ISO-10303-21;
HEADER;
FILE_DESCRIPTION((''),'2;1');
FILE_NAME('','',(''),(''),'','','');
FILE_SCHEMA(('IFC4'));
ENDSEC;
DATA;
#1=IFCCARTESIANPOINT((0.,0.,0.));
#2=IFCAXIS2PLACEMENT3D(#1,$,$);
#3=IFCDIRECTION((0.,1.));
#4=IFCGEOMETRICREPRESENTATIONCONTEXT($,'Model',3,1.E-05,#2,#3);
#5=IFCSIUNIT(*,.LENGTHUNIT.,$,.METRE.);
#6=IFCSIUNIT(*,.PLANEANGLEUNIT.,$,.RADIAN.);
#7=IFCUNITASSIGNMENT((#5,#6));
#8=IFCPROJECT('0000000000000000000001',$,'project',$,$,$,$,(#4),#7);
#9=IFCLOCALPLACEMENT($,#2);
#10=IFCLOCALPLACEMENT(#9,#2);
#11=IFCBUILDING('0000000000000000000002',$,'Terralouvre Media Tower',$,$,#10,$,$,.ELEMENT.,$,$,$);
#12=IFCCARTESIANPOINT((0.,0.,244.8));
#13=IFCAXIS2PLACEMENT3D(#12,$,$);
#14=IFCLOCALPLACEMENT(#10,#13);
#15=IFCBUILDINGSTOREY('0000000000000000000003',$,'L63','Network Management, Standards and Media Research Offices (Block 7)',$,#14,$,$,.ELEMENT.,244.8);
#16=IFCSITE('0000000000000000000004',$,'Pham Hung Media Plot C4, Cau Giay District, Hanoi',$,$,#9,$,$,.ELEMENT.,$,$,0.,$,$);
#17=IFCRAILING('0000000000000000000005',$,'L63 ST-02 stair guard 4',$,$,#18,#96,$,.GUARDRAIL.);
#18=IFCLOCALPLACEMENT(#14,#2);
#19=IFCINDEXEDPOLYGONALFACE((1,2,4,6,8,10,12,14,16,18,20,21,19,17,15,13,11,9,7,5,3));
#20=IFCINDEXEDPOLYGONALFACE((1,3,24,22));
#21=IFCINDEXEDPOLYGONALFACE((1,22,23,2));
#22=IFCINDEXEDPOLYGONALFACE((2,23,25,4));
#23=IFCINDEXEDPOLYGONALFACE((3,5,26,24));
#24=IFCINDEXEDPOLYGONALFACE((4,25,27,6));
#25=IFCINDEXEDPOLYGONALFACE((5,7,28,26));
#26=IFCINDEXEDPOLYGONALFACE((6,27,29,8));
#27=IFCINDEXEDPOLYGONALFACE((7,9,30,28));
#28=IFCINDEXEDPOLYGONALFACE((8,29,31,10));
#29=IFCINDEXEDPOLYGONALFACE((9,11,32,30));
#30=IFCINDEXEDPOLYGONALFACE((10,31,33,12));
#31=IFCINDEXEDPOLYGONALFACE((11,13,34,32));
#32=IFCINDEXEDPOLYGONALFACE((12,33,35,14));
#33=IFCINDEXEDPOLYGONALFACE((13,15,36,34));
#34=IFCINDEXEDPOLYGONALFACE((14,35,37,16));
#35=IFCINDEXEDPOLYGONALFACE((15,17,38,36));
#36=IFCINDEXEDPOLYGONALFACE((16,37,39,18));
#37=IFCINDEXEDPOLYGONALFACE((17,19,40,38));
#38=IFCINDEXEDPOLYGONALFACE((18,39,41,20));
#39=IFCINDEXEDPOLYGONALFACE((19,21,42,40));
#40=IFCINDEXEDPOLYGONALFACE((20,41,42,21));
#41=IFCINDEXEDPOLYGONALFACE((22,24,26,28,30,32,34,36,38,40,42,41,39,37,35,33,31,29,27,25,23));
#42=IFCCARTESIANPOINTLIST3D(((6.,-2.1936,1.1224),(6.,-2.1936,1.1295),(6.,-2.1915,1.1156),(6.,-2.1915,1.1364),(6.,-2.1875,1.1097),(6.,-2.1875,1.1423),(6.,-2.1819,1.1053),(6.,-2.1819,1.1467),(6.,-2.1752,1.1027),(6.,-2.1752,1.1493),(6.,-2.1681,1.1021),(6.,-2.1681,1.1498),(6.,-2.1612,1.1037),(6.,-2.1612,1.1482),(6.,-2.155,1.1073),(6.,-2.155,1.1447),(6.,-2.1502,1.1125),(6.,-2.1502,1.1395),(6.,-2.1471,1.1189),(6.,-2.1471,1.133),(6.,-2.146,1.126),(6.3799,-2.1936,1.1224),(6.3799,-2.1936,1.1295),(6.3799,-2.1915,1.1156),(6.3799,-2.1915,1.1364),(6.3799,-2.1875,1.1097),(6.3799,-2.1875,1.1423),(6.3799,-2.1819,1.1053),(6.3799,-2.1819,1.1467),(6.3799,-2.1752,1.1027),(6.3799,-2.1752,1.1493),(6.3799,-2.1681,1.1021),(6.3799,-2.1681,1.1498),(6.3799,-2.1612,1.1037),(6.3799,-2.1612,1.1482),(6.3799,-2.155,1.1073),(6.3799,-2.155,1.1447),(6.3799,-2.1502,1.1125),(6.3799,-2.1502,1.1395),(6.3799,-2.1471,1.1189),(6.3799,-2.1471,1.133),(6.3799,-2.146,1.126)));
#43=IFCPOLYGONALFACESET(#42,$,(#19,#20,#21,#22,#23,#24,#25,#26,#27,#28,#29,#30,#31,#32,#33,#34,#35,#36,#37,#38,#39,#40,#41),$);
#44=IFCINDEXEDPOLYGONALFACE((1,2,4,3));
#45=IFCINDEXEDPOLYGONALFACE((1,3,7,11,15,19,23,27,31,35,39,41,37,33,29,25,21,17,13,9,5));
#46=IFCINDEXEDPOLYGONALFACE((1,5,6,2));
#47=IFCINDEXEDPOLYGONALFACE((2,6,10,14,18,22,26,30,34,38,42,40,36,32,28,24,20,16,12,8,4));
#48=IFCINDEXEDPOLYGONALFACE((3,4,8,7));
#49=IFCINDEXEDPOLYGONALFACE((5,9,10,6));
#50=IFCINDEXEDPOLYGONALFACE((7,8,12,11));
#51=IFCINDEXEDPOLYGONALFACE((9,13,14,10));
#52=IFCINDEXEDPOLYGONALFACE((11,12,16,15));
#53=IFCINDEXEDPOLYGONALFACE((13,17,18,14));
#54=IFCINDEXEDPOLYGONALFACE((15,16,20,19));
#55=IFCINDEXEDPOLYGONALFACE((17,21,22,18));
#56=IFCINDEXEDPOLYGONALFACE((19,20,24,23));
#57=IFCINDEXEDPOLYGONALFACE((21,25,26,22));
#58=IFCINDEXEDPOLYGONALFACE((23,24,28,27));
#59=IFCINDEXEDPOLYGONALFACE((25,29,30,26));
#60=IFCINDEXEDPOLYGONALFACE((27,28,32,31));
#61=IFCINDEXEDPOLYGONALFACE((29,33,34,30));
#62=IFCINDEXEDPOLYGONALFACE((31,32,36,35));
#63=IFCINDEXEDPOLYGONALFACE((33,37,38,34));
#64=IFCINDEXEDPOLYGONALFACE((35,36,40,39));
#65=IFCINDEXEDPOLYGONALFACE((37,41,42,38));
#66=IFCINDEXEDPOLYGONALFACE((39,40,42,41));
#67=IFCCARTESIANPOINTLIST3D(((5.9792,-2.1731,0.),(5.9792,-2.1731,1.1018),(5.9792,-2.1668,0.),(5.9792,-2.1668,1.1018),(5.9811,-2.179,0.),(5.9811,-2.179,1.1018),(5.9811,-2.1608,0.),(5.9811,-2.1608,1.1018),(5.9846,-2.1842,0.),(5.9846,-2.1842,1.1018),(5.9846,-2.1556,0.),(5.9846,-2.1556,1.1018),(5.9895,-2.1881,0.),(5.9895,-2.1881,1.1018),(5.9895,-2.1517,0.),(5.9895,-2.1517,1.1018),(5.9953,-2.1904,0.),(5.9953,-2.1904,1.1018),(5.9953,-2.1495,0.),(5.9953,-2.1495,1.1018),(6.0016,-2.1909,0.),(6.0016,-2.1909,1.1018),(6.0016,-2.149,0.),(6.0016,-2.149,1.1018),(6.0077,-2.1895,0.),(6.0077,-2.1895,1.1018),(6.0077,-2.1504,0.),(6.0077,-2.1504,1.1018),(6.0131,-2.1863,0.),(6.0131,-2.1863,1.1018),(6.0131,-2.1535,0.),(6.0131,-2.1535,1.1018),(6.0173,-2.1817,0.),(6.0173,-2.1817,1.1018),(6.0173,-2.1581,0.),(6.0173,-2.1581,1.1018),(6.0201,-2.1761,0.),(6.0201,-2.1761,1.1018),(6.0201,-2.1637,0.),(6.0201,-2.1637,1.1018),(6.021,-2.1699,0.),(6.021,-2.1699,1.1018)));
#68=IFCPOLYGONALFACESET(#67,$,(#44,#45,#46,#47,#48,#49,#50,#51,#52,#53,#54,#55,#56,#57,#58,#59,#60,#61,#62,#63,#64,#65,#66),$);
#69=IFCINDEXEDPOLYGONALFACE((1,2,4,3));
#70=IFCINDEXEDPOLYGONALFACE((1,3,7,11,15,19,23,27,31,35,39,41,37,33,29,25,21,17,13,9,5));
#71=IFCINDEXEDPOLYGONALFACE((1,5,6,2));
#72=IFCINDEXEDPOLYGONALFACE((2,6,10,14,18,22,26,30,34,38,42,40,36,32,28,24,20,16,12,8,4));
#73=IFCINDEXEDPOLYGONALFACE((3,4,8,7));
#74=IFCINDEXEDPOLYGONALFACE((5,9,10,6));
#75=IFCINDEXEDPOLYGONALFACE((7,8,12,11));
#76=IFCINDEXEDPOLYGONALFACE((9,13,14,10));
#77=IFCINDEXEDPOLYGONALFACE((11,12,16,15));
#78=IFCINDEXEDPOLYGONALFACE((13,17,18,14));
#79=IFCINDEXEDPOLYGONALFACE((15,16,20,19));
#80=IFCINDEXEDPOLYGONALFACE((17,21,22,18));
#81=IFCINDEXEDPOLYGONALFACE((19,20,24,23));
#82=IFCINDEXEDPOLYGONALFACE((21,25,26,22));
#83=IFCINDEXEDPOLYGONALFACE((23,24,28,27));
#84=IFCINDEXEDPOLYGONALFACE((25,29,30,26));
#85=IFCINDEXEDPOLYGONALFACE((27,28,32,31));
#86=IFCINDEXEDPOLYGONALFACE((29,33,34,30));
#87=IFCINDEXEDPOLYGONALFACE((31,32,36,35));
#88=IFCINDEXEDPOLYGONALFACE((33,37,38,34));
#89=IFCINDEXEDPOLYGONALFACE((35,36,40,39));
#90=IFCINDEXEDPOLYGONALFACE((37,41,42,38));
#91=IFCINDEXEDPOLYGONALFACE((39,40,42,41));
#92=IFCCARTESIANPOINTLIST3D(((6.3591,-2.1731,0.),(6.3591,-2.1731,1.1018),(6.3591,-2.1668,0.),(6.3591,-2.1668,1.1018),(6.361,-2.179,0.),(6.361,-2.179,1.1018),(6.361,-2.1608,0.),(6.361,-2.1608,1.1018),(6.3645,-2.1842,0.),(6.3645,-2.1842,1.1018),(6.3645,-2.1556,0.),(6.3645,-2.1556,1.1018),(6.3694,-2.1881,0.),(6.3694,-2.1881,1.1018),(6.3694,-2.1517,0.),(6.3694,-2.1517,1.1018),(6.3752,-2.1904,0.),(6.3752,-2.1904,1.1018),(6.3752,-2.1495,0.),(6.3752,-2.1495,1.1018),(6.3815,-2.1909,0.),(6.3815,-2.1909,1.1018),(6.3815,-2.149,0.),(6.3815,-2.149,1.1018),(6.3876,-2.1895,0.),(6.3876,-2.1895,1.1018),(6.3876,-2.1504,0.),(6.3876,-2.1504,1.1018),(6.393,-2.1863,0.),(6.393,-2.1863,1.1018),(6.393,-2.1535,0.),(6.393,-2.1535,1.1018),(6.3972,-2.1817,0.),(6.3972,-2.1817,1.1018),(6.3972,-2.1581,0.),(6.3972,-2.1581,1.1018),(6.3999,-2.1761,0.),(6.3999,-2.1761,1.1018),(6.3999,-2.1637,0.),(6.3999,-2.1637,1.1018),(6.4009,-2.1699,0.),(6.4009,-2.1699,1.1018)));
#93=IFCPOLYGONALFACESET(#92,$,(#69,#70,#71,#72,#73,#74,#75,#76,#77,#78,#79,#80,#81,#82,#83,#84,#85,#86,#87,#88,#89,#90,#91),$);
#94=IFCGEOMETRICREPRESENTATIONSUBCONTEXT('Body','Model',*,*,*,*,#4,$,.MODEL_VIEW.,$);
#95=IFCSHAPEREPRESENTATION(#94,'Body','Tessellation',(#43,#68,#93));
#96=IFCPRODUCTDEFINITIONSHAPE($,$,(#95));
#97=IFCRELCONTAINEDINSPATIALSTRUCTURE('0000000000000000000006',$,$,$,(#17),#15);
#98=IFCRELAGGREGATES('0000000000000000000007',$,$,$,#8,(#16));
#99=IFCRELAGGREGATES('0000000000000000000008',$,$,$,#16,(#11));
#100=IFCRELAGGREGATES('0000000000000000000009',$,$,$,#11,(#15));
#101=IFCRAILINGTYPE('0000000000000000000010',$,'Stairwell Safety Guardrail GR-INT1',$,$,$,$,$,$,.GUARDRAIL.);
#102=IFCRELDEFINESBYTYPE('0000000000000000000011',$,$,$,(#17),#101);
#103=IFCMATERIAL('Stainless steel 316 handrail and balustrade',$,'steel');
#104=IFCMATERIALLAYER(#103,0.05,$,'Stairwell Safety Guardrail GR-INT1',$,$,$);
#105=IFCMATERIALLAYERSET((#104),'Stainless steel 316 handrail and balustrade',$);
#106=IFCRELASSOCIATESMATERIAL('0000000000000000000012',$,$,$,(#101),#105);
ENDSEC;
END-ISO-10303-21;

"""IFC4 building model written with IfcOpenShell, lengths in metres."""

from ifc_helpers import new_model, si_unit, direction, frame, origin, origin_2d, place, context, subcontext, project, spatial, circle, extrude, material, layer, layer_set, type_object, element, save


model = new_model("IFC4")

# Units and contexts
model_context = context("Model", 3, precision=1e-05, world=origin(), true_north=direction((0.0, 1.0)))
body_context = subcontext(model_context, "Body", "Model", "MODEL_VIEW")
ifc_project = project(units=[si_unit("LENGTHUNIT", "METRE"), si_unit("PLANEANGLEUNIT", "RADIAN")], contexts=[model_context])

# Site, building, storey
site_placement = place(None, origin())
site = spatial("IfcSite", under=ifc_project, at=site_placement, Name="Pham Hung Media Plot C4, Cau Giay District, Hanoi", CompositionType="ELEMENT", RefElevation=0.0)
building_placement = place(site_placement, origin())
building = spatial("IfcBuilding", under=site, at=building_placement, Name="Terralouvre Media Tower", CompositionType="ELEMENT")
storey_placement = place(building_placement, frame((0.0, 0.0, 244.8)))
storey = spatial("IfcBuildingStorey", under=building, at=storey_placement, Name="L63", Description="Network Management, Standards and Media Research Offices (Block 7)", CompositionType="ELEMENT", Elevation=244.8)

# Railing
ifc_material_1 = material(Name="Stainless steel 316 handrail and balustrade", Category="steel")
ifc_layer_1 = layer(ifc_material_1, 0.05, Name="Stairwell Safety Guardrail GR-INT1")
ifc_layer_set_1 = layer_set([ifc_layer_1], Name="Stainless steel 316 handrail and balustrade")
railing_type_1 = type_object("IfcRailingType", Name="Stairwell Safety Guardrail GR-INT1", PredefinedType="GUARDRAIL", material=ifc_layer_set_1)
railing_1_placement = place(storey_placement, frame((6.0, -2.1699, 0.0)))
element("IfcRailing", 1, at=railing_1_placement, inside=storey, type_object=railing_type_1, Name="L63 ST-02 stair guard 4", PredefinedType="GUARDRAIL", context=body_context, shape_type="SweptSolid", body=[
    extrude(circle(Radius=0.0239, at=origin_2d()), frame((0.0, 0.0, 1.126), z_axis=(1.0, 0.0, 0.0), x_axis=(0.0, 1.0, 0.0)), (0.0, 0.0, 1.0), 0.3799),
    extrude(circle(Radius=0.021, at=origin_2d()), origin(), (0.0, 0.0, 1.0), 1.1018),
    extrude(circle(Radius=0.021, at=origin_2d()), frame((0.3799, 0.0, 0.0)), (0.0, 0.0, 1.0), 1.1018),
])

save(model, "model.ifc")
